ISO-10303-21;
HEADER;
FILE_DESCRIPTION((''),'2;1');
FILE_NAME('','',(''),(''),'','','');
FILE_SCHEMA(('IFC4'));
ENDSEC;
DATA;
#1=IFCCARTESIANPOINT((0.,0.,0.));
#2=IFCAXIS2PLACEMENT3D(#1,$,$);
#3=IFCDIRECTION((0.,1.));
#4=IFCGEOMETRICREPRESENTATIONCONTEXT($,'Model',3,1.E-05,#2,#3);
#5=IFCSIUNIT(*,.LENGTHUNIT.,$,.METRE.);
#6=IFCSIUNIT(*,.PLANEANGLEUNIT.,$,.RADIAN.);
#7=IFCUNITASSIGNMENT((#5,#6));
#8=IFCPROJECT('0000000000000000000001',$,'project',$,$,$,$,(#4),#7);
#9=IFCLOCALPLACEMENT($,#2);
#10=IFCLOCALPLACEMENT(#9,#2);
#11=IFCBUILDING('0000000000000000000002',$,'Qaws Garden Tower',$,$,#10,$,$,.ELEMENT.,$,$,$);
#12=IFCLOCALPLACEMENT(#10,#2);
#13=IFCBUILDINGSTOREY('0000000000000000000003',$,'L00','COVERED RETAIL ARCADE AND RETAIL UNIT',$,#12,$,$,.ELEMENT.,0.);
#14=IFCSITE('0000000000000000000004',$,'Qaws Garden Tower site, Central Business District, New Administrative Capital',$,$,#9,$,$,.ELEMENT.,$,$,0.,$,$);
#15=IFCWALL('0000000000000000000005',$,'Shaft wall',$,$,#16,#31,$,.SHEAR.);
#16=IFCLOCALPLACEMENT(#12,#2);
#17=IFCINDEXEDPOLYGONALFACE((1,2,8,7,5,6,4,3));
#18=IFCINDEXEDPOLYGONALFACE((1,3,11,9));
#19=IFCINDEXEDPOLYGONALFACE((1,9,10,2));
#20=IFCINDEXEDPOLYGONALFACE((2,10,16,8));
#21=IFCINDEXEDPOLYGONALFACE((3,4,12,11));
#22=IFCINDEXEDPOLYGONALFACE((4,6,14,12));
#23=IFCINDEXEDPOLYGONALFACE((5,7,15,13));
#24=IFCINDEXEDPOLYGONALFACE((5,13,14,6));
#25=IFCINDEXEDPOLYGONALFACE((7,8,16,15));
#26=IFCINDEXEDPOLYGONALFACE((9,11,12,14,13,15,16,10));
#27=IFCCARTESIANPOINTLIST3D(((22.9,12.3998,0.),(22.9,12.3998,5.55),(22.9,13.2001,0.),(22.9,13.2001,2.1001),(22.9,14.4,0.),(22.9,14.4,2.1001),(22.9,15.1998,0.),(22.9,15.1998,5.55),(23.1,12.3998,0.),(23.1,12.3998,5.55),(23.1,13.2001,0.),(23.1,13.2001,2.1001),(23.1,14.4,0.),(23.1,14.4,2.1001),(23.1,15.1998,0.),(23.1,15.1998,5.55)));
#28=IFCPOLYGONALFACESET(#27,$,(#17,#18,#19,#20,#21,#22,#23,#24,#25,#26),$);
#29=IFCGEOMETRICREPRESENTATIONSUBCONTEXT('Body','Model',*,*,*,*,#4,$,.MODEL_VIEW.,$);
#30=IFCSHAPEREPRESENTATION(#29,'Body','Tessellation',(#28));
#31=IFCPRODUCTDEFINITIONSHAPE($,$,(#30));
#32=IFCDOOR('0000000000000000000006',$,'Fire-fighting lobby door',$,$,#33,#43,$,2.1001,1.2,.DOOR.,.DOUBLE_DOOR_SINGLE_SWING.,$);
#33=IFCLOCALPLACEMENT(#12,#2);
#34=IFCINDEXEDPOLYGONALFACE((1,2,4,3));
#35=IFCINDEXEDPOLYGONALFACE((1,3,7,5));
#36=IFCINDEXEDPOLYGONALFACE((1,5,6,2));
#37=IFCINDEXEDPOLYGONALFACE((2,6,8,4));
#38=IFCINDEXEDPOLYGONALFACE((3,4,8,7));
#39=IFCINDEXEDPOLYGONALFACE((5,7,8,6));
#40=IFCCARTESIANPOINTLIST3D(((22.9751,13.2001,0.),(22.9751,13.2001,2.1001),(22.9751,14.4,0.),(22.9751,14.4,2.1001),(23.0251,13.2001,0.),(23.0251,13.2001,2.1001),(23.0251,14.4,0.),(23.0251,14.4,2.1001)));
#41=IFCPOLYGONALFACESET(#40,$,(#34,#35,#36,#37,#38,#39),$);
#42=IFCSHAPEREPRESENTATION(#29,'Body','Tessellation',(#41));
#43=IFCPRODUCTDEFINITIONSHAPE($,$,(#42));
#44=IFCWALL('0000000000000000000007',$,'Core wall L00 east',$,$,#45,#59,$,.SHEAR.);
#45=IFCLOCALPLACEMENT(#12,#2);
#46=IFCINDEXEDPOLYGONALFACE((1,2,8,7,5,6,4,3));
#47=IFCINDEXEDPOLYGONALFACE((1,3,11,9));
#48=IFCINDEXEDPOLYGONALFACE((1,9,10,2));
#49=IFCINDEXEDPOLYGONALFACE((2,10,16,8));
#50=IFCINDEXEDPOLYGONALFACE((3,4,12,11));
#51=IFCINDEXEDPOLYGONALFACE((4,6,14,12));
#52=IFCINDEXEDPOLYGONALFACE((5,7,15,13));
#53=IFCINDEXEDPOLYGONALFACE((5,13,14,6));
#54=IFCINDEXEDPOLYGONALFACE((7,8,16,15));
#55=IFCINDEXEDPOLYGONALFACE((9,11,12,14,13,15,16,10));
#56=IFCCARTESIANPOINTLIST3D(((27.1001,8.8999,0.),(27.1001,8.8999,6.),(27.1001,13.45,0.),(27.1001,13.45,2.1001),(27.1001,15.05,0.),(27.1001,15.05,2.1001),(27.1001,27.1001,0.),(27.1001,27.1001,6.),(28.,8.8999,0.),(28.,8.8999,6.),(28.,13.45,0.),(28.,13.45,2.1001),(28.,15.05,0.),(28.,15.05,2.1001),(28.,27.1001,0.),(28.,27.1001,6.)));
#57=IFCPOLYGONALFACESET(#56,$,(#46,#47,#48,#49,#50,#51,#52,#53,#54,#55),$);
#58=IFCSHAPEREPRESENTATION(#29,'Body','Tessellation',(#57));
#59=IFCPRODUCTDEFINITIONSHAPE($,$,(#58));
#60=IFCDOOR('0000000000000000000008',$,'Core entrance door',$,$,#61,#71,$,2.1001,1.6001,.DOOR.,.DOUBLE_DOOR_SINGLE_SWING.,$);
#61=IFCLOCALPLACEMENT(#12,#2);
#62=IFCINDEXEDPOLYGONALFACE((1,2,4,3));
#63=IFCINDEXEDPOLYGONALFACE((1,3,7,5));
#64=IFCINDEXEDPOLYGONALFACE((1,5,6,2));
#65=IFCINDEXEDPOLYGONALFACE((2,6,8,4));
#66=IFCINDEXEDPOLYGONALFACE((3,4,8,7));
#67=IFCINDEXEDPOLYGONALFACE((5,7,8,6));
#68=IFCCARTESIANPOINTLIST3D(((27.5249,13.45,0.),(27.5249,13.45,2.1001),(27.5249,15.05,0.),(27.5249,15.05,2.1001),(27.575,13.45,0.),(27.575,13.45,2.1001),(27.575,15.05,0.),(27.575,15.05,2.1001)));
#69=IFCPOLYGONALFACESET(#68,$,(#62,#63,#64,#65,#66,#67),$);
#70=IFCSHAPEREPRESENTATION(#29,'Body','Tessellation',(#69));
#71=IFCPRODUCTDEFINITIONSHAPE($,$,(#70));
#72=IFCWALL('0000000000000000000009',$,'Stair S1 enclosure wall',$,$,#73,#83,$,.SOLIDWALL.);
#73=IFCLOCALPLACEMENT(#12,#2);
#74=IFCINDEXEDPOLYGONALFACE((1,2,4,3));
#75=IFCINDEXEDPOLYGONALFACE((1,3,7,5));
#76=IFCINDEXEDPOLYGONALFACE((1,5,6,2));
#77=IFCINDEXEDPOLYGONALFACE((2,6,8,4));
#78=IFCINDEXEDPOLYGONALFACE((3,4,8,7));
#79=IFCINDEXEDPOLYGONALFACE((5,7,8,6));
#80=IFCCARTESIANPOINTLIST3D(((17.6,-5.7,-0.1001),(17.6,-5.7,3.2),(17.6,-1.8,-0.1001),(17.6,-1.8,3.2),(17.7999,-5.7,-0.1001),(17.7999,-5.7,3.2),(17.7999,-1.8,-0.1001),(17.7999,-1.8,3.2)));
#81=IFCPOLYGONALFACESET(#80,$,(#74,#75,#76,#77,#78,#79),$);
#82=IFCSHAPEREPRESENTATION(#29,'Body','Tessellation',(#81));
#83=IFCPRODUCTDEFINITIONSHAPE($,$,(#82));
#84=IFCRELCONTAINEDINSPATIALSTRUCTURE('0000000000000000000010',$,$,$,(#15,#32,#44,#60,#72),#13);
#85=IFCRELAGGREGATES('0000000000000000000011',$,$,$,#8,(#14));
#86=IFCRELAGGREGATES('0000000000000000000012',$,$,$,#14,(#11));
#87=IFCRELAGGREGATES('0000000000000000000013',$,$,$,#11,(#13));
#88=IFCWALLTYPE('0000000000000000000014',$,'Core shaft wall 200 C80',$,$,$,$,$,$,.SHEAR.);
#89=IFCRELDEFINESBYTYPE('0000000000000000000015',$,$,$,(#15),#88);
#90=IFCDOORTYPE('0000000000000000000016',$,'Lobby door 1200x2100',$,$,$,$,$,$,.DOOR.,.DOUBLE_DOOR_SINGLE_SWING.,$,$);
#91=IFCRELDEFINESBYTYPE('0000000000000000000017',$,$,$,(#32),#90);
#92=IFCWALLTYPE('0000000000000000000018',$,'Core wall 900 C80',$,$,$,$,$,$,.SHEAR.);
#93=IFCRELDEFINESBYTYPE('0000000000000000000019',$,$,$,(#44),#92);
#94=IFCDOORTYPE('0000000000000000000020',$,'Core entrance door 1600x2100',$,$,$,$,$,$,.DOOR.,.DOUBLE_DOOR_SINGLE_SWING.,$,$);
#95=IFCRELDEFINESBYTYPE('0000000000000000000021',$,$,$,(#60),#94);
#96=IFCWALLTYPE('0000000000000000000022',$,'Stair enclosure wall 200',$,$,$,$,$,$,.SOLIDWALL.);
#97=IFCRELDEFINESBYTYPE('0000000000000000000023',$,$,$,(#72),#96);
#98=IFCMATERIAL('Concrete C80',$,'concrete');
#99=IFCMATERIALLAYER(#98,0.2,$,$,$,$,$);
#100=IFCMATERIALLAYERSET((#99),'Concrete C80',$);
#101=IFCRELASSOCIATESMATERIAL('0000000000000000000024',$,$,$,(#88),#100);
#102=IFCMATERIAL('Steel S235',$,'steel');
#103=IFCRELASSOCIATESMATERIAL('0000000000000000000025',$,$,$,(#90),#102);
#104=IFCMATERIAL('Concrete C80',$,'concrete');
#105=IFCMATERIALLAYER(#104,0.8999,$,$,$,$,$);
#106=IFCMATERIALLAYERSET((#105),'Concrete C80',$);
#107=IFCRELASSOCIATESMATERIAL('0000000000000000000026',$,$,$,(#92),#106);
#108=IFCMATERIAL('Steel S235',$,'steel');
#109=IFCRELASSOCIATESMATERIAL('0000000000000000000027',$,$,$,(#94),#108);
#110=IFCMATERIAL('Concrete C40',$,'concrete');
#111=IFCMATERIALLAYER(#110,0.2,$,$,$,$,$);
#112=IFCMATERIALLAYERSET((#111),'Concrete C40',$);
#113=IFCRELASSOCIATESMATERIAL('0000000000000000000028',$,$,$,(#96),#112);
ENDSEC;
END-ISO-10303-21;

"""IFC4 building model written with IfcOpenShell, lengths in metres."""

from ifc_helpers import new_model, si_unit, direction, frame, frame_2d, origin, place, context, subcontext, project, spatial, rectangle, extrude, material, layer, layer_set, type_object, element, fill, save


model = new_model("IFC4")

# Units and contexts
model_context = context("Model", 3, precision=1e-05, world=origin(), true_north=direction((0.0, 1.0)))
body_context = subcontext(model_context, "Body", "Model", "MODEL_VIEW")
ifc_project = project(units=[si_unit("LENGTHUNIT", "METRE"), si_unit("PLANEANGLEUNIT", "RADIAN")], contexts=[model_context])

# Site, building, storey
site_placement = place(None, origin())
site = spatial("IfcSite", under=ifc_project, at=site_placement, Name="Qaws Garden Tower site, Central Business District, New Administrative Capital", CompositionType="ELEMENT", RefElevation=0.0)
building_placement = place(site_placement, origin())
building = spatial("IfcBuilding", under=site, at=building_placement, Name="Qaws Garden Tower", CompositionType="ELEMENT")
storey_placement = place(building_placement, origin())
storey = spatial("IfcBuildingStorey", under=building, at=storey_placement, Name="L00", Description="COVERED RETAIL ARCADE AND RETAIL UNIT", CompositionType="ELEMENT", Elevation=0.0)

# Shared definitions
ifc_material_1 = material(Name="Concrete C80", Category="concrete")
ifc_layer_1 = layer(ifc_material_1, 0.2)
ifc_layer_set_1 = layer_set([ifc_layer_1], Name="Concrete C80")
wall_type_1 = type_object("IfcWallType", Name="Core shaft wall 200 C80", PredefinedType="SHEAR", material=ifc_layer_set_1)

# Walls, openings, doors
wall_1_placement = place(storey_placement, frame((23.0, 12.3999, 0.0), z_axis=(0.0, 0.0, 1.0), x_axis=(0.0, 1.0, 0.0)))
wall_1 = element("IfcWall", 1, at=wall_1_placement, inside=storey, type_object=wall_type_1, Name="Shaft wall", PredefinedType="SHEAR", context=body_context, shape_type="SweptSolid", body=[
    extrude(rectangle(XDim=2.8, YDim=0.2, at=frame_2d((1.3999, 0.0))), origin(), (0.0, 0.0, 1.0), 5.55),
])
opening_1_placement = place(wall_1_placement, frame((0.8, 0.0, 0.0)))
opening_1 = element("IfcOpeningElement", 2, at=opening_1_placement, cuts=wall_1, PredefinedType="OPENING", context=body_context, shape_type="SweptSolid", body=[
    extrude(rectangle(XDim=1.2, YDim=2.1001, at=frame_2d((0.6001, 1.05))), frame((0.0, 0.1099, 0.0), z_axis=(0.0, -1.0, 0.0), x_axis=(1.0, 0.0, 0.0)), (0.0, 0.0, 1.0), 0.22),
])
ifc_material_2 = material(Name="Steel S235", Category="steel")
door_type_1 = type_object("IfcDoorType", Name="Lobby door 1200x2100", OperationType="DOUBLE_DOOR_SINGLE_SWING", PredefinedType="DOOR", material=ifc_material_2)
door_1_placement = place(opening_1_placement, origin())
door_1 = element("IfcDoor", 3, at=door_1_placement, inside=storey, type_object=door_type_1, Name="Fire-fighting lobby door", OperationType="DOUBLE_DOOR_SINGLE_SWING", OverallHeight=2.1001, OverallWidth=1.2, PredefinedType="DOOR", context=body_context, shape_type="SweptSolid", body=[
    extrude(rectangle(XDim=1.2, YDim=2.1001, at=frame_2d((0.6001, 1.05))), frame((0.0, 0.0249, 0.0), z_axis=(0.0, -1.0, 0.0), x_axis=(1.0, 0.0, 0.0)), (0.0, 0.0, 1.0), 0.05),
])
fill(opening_1, door_1)
ifc_material_3 = material(Name="Concrete C80", Category="concrete")
ifc_layer_2 = layer(ifc_material_3, 0.8999)
ifc_layer_set_2 = layer_set([ifc_layer_2], Name="Concrete C80")
wall_type_2 = type_object("IfcWallType", Name="Core wall 900 C80", PredefinedType="SHEAR", material=ifc_layer_set_2)
wall_2_placement = place(storey_placement, frame((27.55, 8.8999, 0.0), z_axis=(0.0, 0.0, 1.0), x_axis=(0.0, 1.0, 0.0)))
wall_2 = element("IfcWall", 4, at=wall_2_placement, inside=storey, type_object=wall_type_2, Name="Core wall L00 east", PredefinedType="SHEAR", context=body_context, shape_type="SweptSolid", body=[
    extrude(rectangle(XDim=18.2002, YDim=0.8999, at=frame_2d((9.1001, 0.0))), origin(), (0.0, 0.0, 1.0), 6.0),
])
opening_2_placement = place(wall_2_placement, frame((4.55, 0.0, 0.0)))
opening_2 = element("IfcOpeningElement", 5, at=opening_2_placement, cuts=wall_2, PredefinedType="OPENING", context=body_context, shape_type="SweptSolid", body=[
    extrude(rectangle(XDim=1.6001, YDim=2.1001, at=frame_2d((0.8, 1.05))), frame((0.0, 0.46, 0.0), z_axis=(0.0, -1.0, 0.0), x_axis=(1.0, 0.0, 0.0)), (0.0, 0.0, 1.0), 0.9199),
])
ifc_material_4 = material(Name="Steel S235", Category="steel")
door_type_2 = type_object("IfcDoorType", Name="Core entrance door 1600x2100", OperationType="DOUBLE_DOOR_SINGLE_SWING", PredefinedType="DOOR", material=ifc_material_4)
door_2_placement = place(opening_2_placement, frame((1.6001, 0.0, 0.0), z_axis=(0.0, 0.0, 1.0), x_axis=(-1.0, 0.0, 0.0)))
door_2 = element("IfcDoor", 6, at=door_2_placement, inside=storey, type_object=door_type_2, Name="Core entrance door", OperationType="DOUBLE_DOOR_SINGLE_SWING", OverallHeight=2.1001, OverallWidth=1.6001, PredefinedType="DOOR", context=body_context, shape_type="SweptSolid", body=[
    extrude(rectangle(XDim=1.6001, YDim=2.1001, at=frame_2d((0.8, 1.05))), frame((0.0, 0.0249, 0.0), z_axis=(0.0, -1.0, 0.0), x_axis=(1.0, 0.0, 0.0)), (0.0, 0.0, 1.0), 0.05),
])
fill(opening_2, door_2)

# Wall
ifc_material_5 = material(Name="Concrete C40", Category="concrete")
ifc_layer_3 = layer(ifc_material_5, 0.2)
ifc_layer_set_3 = layer_set([ifc_layer_3], Name="Concrete C40")
wall_type_3 = type_object("IfcWallType", Name="Stair enclosure wall 200", PredefinedType="SOLIDWALL", material=ifc_layer_set_3)
wall_3_placement = place(storey_placement, frame((17.7, -1.8, -0.1001), z_axis=(0.0, 0.0, 1.0), x_axis=(0.0, -1.0, 0.0)))
element("IfcWall", 7, at=wall_3_placement, inside=storey, type_object=wall_type_3, Name="Stair S1 enclosure wall", PredefinedType="SOLIDWALL", context=body_context, shape_type="SweptSolid", body=[
    extrude(rectangle(XDim=3.8999, YDim=0.2, at=frame_2d((1.95, 0.0))), origin(), (0.0, 0.0, 1.0), 3.3),
])

save(model, "model.ifc")
